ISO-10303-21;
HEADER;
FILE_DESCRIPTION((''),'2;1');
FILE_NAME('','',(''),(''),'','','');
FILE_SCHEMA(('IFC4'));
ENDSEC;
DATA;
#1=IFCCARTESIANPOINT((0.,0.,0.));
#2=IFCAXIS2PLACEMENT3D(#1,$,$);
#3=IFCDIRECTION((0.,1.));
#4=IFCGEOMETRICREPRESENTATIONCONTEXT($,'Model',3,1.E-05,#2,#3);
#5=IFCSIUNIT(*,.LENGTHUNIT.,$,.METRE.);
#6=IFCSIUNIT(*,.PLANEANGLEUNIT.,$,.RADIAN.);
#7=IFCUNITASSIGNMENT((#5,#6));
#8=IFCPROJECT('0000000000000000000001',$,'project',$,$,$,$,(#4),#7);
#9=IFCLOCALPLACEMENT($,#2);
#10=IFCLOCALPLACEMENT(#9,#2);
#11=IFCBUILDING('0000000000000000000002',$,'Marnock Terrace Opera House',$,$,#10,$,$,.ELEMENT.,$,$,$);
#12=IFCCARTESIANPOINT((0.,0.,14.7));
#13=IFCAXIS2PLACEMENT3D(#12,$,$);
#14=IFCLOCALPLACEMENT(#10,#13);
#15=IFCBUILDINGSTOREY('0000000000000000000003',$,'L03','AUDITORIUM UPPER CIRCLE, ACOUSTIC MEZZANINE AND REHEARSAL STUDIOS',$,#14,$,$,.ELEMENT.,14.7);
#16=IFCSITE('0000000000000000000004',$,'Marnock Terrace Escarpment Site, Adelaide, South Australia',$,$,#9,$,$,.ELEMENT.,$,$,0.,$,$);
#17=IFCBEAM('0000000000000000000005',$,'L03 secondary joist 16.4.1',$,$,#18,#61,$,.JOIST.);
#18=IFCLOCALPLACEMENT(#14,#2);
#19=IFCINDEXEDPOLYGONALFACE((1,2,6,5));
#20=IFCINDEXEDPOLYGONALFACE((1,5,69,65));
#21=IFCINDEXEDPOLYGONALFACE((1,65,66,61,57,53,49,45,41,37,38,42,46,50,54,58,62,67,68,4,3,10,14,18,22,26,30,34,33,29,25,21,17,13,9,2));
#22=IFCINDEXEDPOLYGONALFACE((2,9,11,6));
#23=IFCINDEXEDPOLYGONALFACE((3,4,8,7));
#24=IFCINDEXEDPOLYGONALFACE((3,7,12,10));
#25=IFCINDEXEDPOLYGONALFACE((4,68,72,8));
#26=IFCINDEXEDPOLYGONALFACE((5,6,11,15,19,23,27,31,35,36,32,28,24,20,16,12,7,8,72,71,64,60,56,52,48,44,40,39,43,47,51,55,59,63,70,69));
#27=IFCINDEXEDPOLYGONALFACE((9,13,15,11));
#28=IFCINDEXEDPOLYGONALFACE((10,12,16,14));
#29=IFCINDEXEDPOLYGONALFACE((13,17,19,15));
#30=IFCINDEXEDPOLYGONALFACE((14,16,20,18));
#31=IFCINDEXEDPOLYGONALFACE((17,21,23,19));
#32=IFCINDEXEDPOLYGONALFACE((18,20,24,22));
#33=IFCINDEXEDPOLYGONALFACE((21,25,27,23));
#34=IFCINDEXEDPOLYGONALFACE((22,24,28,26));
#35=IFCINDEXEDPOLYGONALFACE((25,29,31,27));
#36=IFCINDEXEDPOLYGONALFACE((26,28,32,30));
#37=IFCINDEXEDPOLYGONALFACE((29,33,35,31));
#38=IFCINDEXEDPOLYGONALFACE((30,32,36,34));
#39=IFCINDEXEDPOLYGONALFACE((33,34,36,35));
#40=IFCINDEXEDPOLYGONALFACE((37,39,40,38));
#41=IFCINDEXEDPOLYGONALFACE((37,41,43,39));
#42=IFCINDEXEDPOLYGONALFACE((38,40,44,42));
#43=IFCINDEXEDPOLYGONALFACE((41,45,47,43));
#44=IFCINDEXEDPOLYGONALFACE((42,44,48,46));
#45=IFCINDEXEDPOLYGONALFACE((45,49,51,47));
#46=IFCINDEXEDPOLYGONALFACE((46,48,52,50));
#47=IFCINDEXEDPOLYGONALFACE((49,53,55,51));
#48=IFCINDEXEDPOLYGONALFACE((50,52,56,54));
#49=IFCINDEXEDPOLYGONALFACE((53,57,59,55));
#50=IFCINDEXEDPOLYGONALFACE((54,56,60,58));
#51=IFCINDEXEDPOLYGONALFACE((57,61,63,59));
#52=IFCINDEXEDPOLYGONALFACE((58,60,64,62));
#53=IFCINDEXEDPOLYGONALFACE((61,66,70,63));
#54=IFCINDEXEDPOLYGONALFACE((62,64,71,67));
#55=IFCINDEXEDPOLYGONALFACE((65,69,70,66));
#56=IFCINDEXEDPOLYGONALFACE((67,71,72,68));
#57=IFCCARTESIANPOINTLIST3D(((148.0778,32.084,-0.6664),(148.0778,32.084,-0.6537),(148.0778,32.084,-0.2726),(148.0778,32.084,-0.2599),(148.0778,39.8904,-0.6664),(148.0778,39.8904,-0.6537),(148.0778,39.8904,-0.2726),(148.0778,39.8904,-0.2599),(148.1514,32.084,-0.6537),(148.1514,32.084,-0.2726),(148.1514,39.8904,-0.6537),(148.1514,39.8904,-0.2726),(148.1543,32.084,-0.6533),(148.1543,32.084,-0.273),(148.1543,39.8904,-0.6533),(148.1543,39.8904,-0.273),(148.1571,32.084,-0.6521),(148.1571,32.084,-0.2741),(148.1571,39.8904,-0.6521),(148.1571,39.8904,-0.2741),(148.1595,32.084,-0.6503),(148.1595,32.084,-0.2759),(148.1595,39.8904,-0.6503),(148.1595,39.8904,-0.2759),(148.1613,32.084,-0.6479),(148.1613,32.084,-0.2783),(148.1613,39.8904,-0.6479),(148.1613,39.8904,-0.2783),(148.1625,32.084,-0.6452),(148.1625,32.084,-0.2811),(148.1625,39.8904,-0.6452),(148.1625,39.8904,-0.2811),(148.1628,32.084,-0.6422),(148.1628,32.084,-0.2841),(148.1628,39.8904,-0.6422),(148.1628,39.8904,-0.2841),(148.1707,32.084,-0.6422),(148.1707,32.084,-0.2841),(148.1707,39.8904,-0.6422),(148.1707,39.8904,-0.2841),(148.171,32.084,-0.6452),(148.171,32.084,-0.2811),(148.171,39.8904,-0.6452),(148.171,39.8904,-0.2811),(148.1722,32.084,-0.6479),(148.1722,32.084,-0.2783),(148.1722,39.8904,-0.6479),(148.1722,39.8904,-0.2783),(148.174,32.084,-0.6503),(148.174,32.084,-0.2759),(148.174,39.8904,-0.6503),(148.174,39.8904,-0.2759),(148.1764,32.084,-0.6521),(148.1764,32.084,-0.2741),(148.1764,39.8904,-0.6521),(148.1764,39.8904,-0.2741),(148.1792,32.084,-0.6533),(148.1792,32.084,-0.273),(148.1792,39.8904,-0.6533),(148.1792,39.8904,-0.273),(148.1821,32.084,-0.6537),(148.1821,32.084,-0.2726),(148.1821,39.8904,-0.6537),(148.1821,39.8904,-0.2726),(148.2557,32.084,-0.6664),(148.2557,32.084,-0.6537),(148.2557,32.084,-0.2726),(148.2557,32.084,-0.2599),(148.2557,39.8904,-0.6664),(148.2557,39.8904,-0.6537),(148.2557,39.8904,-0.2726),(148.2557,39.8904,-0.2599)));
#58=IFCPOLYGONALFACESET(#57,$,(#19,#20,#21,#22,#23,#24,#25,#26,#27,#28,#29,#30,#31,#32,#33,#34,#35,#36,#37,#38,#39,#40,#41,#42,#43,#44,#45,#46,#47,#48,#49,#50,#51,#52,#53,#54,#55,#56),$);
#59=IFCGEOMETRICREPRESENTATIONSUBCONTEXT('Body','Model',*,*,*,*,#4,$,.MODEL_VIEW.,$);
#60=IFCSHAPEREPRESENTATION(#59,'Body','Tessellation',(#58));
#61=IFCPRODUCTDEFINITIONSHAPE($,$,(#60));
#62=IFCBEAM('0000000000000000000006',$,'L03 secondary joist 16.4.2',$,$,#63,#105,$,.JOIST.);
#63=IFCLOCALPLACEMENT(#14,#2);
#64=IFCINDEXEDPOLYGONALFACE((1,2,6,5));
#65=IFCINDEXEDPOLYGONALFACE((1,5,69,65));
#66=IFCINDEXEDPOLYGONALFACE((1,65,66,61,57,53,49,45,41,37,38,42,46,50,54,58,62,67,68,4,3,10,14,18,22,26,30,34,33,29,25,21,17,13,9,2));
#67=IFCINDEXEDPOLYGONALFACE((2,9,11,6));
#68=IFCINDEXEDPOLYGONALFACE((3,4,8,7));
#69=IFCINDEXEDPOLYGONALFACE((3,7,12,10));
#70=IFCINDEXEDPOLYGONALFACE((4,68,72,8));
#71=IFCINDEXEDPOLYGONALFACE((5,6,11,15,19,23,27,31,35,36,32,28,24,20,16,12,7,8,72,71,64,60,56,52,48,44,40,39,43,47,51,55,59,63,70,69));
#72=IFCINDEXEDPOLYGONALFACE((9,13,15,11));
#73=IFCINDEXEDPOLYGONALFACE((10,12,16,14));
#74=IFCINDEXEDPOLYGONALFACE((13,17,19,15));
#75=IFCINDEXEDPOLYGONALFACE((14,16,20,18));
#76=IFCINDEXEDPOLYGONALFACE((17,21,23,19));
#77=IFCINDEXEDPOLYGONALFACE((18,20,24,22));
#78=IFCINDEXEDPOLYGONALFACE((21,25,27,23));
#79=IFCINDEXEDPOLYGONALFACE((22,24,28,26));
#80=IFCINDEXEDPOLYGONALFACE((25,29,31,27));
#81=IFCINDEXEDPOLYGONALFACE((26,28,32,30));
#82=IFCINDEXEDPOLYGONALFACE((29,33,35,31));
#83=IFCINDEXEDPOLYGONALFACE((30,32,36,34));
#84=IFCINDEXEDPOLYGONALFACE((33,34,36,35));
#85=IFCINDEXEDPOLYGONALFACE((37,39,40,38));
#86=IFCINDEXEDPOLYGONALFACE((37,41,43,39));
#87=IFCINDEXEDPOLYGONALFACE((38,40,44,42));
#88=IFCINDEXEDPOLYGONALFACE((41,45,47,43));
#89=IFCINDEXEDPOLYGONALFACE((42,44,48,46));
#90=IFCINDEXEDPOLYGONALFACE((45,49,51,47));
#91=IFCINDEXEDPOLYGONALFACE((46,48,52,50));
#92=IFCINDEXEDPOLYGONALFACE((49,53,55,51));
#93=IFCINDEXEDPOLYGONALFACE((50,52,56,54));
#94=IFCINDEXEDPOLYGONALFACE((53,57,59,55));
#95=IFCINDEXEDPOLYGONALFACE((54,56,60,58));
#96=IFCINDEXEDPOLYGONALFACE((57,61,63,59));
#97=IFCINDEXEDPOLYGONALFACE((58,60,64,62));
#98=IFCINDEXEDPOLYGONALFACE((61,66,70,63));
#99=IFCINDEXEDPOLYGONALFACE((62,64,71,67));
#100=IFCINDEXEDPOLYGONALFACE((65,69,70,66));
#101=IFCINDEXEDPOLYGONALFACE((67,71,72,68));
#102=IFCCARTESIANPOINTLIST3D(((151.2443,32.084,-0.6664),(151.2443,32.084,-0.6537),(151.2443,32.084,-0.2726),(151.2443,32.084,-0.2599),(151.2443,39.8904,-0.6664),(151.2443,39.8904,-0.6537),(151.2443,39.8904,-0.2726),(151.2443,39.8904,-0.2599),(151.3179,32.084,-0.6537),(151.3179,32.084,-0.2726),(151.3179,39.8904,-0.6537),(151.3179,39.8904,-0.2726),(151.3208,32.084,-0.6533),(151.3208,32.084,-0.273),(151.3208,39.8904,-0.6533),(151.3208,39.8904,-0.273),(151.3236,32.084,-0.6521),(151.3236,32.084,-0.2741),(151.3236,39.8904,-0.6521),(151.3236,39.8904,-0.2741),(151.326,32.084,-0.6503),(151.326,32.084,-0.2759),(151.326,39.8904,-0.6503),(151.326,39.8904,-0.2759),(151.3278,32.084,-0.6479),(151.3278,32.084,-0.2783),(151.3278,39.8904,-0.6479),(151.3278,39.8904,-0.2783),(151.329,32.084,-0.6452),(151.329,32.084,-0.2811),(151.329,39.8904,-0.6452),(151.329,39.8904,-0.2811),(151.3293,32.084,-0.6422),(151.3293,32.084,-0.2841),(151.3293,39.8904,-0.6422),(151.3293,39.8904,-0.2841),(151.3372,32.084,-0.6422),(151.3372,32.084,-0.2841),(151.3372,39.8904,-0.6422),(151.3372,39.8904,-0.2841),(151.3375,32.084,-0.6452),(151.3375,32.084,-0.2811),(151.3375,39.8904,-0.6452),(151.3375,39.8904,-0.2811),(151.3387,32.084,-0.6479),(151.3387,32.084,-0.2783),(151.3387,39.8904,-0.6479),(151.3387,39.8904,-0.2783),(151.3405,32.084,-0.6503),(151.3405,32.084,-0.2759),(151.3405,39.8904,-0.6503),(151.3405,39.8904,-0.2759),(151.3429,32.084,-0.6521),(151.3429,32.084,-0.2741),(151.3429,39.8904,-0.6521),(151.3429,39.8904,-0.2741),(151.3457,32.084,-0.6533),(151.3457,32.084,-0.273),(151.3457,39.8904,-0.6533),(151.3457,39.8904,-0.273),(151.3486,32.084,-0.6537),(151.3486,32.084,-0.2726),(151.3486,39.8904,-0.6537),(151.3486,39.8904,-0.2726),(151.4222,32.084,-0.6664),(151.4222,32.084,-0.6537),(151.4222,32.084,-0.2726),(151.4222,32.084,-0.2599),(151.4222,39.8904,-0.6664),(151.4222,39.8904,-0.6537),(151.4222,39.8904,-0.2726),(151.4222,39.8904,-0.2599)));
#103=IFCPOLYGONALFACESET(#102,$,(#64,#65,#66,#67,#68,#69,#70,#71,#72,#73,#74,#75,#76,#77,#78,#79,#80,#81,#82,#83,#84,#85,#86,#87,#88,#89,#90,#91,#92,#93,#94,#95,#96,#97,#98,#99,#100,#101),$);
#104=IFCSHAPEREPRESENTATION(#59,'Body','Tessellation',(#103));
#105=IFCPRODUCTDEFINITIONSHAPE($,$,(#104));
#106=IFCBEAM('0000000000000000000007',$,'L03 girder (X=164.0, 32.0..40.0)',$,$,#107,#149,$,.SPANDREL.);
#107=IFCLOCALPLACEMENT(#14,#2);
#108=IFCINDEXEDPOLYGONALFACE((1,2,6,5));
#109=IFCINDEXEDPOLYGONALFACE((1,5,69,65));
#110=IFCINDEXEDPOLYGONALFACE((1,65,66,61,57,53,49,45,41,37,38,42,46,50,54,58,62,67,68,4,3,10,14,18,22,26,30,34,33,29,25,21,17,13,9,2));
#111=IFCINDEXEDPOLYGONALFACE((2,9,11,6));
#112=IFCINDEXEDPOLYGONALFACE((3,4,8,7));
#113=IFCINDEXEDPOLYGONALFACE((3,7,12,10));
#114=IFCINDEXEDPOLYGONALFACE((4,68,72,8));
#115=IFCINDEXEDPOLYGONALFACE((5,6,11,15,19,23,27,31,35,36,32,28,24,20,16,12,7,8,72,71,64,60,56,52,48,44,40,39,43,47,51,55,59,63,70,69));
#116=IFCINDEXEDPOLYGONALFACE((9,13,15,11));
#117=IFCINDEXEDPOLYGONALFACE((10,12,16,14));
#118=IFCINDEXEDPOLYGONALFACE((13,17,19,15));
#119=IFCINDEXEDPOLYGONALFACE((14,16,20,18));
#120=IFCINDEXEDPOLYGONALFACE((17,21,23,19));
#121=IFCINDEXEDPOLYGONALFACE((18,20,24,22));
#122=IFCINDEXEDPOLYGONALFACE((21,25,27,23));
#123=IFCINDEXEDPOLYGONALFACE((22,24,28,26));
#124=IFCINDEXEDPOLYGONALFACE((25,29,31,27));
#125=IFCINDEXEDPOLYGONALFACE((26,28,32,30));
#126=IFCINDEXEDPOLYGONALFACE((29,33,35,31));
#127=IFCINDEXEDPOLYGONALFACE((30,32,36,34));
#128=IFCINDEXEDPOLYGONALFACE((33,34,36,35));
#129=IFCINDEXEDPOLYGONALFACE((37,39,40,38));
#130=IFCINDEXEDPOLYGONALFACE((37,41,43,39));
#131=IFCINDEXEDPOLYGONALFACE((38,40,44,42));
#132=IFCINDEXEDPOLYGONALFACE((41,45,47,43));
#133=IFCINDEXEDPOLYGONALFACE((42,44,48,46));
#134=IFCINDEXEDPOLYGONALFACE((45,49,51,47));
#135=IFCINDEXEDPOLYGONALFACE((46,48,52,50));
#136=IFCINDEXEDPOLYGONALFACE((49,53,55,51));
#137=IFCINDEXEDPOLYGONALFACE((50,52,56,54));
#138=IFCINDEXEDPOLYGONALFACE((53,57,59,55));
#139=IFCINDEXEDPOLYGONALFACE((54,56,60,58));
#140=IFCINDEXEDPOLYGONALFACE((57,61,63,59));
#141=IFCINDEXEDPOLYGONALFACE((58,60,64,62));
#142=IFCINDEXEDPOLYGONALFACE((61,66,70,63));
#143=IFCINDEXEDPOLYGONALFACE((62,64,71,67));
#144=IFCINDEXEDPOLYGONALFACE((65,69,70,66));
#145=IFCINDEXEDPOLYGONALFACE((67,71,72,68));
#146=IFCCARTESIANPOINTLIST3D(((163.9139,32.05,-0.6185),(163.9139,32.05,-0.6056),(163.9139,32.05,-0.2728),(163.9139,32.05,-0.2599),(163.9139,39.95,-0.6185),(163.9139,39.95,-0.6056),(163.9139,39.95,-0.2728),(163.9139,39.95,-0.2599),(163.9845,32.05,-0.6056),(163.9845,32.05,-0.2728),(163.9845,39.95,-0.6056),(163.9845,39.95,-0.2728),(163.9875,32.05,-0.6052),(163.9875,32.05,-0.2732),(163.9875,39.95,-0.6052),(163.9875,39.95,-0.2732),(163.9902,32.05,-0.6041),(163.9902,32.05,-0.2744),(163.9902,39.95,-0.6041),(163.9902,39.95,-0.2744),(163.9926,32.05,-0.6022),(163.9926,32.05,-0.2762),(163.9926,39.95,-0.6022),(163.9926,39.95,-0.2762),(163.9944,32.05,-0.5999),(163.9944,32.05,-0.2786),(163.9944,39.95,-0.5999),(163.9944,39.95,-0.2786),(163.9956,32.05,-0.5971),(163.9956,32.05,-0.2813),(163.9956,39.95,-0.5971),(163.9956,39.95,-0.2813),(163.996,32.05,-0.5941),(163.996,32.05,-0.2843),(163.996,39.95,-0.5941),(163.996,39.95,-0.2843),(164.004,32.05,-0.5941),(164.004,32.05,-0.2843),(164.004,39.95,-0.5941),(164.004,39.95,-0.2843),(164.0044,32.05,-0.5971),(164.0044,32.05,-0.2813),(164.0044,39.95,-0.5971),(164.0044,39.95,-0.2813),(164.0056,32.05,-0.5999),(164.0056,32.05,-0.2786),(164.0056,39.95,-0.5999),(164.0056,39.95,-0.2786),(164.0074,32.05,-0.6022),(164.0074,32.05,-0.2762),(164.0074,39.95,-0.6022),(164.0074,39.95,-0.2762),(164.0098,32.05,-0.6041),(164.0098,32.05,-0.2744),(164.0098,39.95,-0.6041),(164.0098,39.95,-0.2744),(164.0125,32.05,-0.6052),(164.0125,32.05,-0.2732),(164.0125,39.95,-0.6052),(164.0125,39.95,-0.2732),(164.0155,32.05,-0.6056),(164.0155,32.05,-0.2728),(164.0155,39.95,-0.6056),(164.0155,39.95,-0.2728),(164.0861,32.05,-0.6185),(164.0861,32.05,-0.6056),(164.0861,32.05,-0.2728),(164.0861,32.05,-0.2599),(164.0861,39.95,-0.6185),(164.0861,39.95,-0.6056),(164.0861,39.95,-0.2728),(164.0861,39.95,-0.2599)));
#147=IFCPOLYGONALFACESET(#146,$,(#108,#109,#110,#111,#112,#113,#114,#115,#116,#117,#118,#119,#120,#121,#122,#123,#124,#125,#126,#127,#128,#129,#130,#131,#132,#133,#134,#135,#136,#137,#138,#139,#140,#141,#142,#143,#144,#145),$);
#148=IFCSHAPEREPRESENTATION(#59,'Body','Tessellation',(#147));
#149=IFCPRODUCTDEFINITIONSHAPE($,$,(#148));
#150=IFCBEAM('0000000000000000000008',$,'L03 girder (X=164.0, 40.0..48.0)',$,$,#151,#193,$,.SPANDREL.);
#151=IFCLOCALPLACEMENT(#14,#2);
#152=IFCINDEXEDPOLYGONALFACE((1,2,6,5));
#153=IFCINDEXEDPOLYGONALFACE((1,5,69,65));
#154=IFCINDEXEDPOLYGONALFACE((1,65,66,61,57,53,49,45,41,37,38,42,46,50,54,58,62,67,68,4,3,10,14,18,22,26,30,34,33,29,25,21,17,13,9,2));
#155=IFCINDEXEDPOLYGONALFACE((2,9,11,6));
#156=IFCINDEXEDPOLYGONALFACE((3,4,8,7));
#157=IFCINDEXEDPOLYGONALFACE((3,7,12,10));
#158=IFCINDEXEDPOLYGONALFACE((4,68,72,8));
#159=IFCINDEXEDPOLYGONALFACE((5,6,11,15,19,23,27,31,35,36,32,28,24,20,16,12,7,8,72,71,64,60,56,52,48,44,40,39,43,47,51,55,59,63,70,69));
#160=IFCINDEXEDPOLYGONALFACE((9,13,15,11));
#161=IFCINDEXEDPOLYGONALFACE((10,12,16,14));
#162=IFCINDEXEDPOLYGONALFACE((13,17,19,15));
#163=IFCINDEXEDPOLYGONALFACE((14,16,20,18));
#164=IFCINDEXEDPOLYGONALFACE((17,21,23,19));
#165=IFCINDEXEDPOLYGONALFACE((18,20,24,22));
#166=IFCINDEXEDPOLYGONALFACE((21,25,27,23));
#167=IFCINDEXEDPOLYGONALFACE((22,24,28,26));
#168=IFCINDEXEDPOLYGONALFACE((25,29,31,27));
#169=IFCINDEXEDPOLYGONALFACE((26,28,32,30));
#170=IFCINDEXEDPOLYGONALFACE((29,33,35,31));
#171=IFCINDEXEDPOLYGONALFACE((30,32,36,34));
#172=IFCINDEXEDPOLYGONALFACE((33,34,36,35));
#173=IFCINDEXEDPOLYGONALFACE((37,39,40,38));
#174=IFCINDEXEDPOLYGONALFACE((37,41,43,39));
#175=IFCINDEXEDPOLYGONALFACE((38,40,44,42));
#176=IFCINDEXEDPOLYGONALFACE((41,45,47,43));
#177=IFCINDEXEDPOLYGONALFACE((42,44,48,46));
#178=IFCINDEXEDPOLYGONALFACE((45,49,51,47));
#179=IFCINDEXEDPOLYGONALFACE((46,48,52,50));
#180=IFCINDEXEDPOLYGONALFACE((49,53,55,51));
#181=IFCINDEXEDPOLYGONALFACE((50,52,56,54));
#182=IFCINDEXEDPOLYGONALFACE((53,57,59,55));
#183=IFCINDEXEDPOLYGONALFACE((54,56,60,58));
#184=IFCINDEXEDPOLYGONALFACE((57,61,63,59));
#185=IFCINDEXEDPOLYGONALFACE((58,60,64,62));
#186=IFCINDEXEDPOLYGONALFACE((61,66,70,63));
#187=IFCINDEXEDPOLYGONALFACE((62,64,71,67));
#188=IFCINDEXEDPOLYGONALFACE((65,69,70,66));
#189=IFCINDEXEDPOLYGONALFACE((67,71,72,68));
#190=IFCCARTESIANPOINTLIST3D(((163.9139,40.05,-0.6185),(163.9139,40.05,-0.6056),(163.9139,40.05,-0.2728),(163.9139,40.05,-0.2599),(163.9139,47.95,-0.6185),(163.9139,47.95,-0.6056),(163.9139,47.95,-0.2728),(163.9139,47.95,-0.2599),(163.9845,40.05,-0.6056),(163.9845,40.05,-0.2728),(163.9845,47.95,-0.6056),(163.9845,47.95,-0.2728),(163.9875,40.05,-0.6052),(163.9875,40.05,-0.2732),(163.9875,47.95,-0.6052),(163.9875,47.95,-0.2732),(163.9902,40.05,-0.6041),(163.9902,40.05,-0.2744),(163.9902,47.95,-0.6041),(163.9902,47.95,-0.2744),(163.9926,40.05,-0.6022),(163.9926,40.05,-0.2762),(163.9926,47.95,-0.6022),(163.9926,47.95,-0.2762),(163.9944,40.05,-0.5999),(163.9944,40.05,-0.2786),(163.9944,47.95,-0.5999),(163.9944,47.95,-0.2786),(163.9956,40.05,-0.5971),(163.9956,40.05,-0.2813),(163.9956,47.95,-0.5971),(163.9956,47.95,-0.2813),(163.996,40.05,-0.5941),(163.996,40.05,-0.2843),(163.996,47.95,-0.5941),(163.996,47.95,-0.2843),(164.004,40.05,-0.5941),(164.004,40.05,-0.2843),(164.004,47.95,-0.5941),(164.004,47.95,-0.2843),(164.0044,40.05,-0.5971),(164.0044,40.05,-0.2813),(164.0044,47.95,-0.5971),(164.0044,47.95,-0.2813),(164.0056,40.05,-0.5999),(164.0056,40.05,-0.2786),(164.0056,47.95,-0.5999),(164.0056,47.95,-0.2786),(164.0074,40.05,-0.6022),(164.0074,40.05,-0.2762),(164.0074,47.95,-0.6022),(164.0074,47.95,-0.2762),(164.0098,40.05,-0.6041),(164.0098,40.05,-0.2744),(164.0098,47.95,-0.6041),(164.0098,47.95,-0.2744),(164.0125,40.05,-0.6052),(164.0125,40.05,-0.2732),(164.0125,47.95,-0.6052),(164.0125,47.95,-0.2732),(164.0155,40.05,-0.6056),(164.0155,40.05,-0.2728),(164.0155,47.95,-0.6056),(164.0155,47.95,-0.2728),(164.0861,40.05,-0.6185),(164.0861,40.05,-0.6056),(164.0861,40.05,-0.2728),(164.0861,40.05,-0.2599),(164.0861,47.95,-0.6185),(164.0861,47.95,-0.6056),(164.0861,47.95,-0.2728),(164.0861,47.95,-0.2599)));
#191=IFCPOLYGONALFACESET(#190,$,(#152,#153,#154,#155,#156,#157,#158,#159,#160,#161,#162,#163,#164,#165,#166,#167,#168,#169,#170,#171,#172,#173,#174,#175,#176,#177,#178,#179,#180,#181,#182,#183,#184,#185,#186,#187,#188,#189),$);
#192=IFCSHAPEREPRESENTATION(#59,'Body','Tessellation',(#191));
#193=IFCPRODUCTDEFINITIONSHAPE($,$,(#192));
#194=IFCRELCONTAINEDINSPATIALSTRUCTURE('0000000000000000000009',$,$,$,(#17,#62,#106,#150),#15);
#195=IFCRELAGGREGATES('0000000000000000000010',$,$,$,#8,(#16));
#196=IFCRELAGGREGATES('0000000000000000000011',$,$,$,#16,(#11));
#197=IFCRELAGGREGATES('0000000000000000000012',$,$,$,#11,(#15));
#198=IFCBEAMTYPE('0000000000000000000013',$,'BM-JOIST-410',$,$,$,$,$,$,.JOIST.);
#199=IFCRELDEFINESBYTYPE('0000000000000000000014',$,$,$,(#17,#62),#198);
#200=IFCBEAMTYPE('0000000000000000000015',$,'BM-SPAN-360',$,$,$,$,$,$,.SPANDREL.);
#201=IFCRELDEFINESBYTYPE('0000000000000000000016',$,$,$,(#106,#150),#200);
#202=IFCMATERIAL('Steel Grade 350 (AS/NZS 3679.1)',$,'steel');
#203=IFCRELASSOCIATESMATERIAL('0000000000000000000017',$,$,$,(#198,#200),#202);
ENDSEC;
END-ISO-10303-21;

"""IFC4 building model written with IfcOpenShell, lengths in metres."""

from ifc_helpers import new_model, si_unit, direction, frame, origin, origin_2d, place, context, subcontext, project, spatial, i_section, extrude, material, material_profile, profile_set, type_object, element, save


model = new_model("IFC4")

# Units and contexts
model_context = context("Model", 3, precision=1e-05, world=origin(), true_north=direction((0.0, 1.0)))
body_context = subcontext(model_context, "Body", "Model", "MODEL_VIEW")
ifc_project = project(units=[si_unit("LENGTHUNIT", "METRE"), si_unit("PLANEANGLEUNIT", "RADIAN")], contexts=[model_context])

# Site, building, storey
site_placement = place(None, origin())
site = spatial("IfcSite", under=ifc_project, at=site_placement, Name="Marnock Terrace Escarpment Site, Adelaide, South Australia", CompositionType="ELEMENT", RefElevation=0.0)
building_placement = place(site_placement, origin())
building = spatial("IfcBuilding", under=site, at=building_placement, Name="Marnock Terrace Opera House", CompositionType="ELEMENT")
storey_placement = place(building_placement, frame((0.0, 0.0, 14.7)))
storey = spatial("IfcBuildingStorey", under=building, at=storey_placement, Name="L03", Description="AUDITORIUM UPPER CIRCLE, ACOUSTIC MEZZANINE AND REHEARSAL STUDIOS", CompositionType="ELEMENT", Elevation=14.7)

# Shared definitions
ifc_material_1 = material(Name="Steel Grade 350 (AS/NZS 3679.1)", Category="steel")

# Beams
ifc_material_profile_1 = material_profile(ifc_material_1, i_section(OverallWidth=0.178, OverallDepth=0.4065, WebThickness=0.0078, FlangeThickness=0.0127, FilletRadius=0.0115, at=origin_2d()))
ifc_profile_set_1 = profile_set([ifc_material_profile_1], Name="Steel Grade 350 (AS/NZS 3679.1)")
beam_type_1 = type_object("IfcBeamType", Name="BM-JOIST-410", PredefinedType="JOIST", material=ifc_profile_set_1)
for number, where, z_axis, x_axis, name in (
    (1, (148.1667, 32.084, -0.4631), (0.0, 1.0, 0.0), (-1.0, 0.0, 0.0), "L03 secondary joist 16.4.1"),
    (2, (151.3333, 32.084, -0.4631), (0.0, 1.0, 0.0), (-1.0, 0.0, 0.0), "L03 secondary joist 16.4.2"),
):
    element("IfcBeam", number, at=place(storey_placement, frame(where, z_axis=z_axis, x_axis=x_axis)), inside=storey, type_object=beam_type_1, Name=name, PredefinedType="JOIST", context=body_context, shape_type="SweptSolid", body=[
        extrude(i_section(OverallWidth=0.178, OverallDepth=0.4065, WebThickness=0.0078, FlangeThickness=0.0127, FilletRadius=0.0115, at=origin_2d()), origin(), (0.0, 0.0, 1.0), 7.8064),
    ])
ifc_material_profile_2 = material_profile(ifc_material_1, i_section(OverallWidth=0.1721, OverallDepth=0.3586, WebThickness=0.0081, FlangeThickness=0.0129, FilletRadius=0.0115, at=origin_2d()))
ifc_profile_set_2 = profile_set([ifc_material_profile_2], Name="Steel Grade 350 (AS/NZS 3679.1)")
beam_type_2 = type_object("IfcBeamType", Name="BM-SPAN-360", PredefinedType="SPANDREL", material=ifc_profile_set_2)
for number, where, z_axis, x_axis, name in (
    (3, (164.0, 32.05, -0.4392), (0.0, 1.0, 0.0), (-1.0, 0.0, 0.0), "L03 girder (X=164.0, 32.0..40.0)"),
    (4, (164.0, 40.05, -0.4392), (0.0, 1.0, 0.0), (-1.0, 0.0, 0.0), "L03 girder (X=164.0, 40.0..48.0)"),
):
    element("IfcBeam", number, at=place(storey_placement, frame(where, z_axis=z_axis, x_axis=x_axis)), inside=storey, type_object=beam_type_2, Name=name, PredefinedType="SPANDREL", context=body_context, shape_type="SweptSolid", body=[
        extrude(i_section(OverallWidth=0.1721, OverallDepth=0.3586, WebThickness=0.0081, FlangeThickness=0.0129, FilletRadius=0.0115, at=origin_2d()), origin(), (0.0, 0.0, 1.0), 7.8999),
    ])

save(model, "model.ifc")
